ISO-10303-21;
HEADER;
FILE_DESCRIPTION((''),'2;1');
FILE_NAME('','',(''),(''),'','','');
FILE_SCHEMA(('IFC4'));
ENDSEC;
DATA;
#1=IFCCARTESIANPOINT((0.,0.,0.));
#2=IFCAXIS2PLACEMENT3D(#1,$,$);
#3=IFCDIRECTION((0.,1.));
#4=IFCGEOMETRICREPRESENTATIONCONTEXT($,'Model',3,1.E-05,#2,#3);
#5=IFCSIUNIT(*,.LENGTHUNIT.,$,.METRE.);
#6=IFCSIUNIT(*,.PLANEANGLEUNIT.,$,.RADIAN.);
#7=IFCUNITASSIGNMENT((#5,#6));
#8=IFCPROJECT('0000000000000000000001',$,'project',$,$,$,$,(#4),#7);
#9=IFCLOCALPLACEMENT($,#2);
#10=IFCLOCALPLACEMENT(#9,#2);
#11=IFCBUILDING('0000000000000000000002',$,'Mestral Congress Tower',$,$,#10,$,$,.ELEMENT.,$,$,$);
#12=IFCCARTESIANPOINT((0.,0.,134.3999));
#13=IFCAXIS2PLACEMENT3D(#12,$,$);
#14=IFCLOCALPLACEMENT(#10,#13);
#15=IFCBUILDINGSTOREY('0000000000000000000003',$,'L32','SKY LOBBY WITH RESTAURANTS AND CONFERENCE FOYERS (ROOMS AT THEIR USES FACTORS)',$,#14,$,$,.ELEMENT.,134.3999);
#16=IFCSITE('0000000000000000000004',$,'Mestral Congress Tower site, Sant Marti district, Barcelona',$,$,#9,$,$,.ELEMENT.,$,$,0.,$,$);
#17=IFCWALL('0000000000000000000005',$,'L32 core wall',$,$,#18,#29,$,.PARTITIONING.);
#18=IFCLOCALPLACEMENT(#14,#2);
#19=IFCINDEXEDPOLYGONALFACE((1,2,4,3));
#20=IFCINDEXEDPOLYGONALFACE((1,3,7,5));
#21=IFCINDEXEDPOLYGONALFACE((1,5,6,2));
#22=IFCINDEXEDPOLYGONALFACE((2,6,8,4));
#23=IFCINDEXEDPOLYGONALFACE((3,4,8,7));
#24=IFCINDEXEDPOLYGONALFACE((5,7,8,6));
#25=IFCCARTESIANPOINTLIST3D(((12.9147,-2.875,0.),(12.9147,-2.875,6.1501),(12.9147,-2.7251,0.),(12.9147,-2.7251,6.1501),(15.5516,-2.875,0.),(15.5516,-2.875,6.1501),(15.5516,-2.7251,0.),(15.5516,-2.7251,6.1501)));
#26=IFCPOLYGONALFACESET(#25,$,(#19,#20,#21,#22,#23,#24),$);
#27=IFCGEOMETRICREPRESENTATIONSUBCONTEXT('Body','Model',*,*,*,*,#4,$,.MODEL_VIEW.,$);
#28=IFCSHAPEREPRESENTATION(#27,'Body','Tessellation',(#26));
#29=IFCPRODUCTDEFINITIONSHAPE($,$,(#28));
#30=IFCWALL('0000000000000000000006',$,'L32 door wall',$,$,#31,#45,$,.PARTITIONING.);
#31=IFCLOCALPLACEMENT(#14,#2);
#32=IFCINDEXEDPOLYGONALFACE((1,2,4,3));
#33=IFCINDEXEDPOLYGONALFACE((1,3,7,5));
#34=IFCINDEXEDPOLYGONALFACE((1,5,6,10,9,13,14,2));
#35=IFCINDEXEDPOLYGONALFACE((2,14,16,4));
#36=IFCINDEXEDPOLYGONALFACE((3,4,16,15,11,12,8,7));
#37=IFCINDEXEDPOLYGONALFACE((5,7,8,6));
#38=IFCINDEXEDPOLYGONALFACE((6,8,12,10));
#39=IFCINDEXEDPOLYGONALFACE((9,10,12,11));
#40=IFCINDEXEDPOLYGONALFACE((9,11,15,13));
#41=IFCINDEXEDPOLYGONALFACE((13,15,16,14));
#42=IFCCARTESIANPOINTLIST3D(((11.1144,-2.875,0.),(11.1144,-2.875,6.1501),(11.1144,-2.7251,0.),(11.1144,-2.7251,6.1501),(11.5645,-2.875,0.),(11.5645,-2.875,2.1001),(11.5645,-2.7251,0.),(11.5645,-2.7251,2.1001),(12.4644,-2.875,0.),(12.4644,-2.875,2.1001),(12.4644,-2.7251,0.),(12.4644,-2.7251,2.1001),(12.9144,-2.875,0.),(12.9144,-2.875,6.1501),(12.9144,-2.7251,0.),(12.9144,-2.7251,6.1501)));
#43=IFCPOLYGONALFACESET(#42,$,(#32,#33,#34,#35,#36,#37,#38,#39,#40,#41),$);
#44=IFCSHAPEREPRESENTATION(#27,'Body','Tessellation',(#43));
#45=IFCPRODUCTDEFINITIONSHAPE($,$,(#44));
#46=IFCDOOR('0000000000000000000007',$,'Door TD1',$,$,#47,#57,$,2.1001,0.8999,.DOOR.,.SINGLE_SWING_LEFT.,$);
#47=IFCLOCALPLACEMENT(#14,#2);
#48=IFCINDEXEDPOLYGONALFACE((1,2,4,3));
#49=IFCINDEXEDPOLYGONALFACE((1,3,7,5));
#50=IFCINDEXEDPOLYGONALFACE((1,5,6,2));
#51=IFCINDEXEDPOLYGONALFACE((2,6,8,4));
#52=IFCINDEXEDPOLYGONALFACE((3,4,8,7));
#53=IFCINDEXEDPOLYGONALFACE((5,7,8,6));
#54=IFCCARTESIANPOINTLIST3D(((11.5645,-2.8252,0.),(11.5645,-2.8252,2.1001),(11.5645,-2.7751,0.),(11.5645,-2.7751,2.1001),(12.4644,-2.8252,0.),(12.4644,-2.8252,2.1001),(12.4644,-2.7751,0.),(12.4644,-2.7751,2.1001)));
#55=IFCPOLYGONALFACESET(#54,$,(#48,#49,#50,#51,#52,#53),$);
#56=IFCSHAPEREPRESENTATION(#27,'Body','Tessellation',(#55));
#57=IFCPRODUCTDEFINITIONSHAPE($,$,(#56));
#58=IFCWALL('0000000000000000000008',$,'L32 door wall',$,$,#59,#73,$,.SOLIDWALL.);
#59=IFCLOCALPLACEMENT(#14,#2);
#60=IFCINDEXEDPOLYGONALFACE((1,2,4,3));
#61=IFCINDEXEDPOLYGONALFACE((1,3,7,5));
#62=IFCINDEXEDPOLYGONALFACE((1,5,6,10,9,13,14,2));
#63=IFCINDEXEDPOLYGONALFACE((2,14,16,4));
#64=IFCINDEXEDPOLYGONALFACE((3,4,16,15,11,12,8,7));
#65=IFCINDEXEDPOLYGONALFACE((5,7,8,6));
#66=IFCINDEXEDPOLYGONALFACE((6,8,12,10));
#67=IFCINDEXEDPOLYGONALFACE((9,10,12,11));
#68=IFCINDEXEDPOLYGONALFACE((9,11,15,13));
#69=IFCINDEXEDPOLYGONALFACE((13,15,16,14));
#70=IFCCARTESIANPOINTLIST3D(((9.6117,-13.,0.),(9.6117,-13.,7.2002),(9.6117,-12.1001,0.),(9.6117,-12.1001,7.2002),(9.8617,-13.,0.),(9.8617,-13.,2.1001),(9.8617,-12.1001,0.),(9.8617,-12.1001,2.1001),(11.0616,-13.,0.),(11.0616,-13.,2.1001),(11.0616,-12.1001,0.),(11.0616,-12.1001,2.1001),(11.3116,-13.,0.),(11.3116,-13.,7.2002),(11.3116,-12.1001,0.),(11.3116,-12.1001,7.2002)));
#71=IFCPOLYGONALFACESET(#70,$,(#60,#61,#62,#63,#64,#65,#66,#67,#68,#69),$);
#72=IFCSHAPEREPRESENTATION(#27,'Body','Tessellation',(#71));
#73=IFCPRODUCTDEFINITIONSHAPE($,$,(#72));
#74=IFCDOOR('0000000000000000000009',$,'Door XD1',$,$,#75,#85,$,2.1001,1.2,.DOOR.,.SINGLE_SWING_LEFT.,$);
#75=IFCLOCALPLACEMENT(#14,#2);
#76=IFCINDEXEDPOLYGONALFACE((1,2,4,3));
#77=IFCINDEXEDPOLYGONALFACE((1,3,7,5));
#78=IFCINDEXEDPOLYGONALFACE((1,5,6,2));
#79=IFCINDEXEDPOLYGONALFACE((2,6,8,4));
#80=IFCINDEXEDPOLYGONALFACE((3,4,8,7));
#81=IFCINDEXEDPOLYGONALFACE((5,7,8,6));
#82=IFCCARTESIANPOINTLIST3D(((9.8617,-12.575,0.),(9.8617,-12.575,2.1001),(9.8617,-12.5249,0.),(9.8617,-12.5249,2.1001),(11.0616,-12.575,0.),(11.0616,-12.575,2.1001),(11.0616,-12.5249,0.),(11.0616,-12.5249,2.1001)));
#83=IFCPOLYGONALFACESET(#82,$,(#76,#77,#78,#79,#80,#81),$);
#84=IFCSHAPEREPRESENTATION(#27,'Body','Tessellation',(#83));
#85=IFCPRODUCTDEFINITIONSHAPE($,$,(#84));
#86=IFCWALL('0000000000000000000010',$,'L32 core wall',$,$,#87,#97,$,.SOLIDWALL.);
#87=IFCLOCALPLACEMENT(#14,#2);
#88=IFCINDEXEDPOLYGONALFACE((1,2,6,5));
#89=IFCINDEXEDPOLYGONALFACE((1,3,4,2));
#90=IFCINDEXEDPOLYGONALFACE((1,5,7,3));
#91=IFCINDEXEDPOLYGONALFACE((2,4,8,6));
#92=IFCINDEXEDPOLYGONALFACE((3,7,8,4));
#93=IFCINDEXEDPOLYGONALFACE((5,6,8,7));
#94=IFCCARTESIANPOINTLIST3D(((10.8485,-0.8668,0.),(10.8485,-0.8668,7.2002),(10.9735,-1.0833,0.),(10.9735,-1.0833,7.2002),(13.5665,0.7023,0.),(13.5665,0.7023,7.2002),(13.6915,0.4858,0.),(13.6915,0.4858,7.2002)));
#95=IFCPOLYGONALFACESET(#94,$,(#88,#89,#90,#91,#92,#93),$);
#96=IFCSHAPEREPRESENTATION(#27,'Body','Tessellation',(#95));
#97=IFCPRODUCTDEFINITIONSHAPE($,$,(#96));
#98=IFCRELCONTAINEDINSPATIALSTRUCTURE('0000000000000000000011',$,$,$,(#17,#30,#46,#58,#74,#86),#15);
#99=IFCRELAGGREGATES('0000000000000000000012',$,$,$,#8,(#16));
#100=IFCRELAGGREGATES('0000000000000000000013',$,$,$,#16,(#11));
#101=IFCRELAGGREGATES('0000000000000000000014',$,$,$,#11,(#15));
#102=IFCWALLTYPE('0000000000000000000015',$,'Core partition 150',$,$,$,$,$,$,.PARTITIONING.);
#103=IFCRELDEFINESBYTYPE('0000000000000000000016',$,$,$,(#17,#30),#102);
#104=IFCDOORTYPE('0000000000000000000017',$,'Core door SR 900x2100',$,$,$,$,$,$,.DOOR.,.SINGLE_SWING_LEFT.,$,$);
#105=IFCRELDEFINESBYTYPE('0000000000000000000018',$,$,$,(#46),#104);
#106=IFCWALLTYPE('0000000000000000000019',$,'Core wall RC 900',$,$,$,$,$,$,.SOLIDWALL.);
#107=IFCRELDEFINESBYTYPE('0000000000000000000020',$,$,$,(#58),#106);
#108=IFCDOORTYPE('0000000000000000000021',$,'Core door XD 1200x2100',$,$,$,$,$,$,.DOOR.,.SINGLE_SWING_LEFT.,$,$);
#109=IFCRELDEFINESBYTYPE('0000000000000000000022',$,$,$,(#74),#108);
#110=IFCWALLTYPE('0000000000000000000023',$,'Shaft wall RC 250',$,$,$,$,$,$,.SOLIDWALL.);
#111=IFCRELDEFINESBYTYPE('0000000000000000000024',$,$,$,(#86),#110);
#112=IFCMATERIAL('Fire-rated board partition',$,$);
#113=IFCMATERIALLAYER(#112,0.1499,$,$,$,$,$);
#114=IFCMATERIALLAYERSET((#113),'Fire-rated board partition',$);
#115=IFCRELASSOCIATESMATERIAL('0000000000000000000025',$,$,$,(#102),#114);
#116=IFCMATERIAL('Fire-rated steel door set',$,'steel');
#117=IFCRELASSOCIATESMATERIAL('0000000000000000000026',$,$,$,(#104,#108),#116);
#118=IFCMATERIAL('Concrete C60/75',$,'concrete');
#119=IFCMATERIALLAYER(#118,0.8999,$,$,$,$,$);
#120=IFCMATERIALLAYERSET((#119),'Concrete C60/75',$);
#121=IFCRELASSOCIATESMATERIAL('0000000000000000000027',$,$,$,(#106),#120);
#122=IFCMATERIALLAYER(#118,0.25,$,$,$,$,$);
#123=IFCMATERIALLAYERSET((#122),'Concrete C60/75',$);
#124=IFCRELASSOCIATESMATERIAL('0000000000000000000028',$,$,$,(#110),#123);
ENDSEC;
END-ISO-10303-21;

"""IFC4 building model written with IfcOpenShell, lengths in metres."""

from ifc_helpers import new_model, si_unit, direction, frame, frame_2d, origin, place, context, subcontext, project, spatial, rectangle, extrude, material, layer, layer_set, type_object, element, fill, save


model = new_model("IFC4")

# Units and contexts
model_context = context("Model", 3, precision=1e-05, world=origin(), true_north=direction((0.0, 1.0)))
body_context = subcontext(model_context, "Body", "Model", "MODEL_VIEW")
ifc_project = project(units=[si_unit("LENGTHUNIT", "METRE"), si_unit("PLANEANGLEUNIT", "RADIAN")], contexts=[model_context])

# Site, building, storey
site_placement = place(None, origin())
site = spatial("IfcSite", under=ifc_project, at=site_placement, Name="Mestral Congress Tower site, Sant Marti district, Barcelona", CompositionType="ELEMENT", RefElevation=0.0)
building_placement = place(site_placement, origin())
building = spatial("IfcBuilding", under=site, at=building_placement, Name="Mestral Congress Tower", CompositionType="ELEMENT")
storey_placement = place(building_placement, frame((0.0, 0.0, 134.3999)))
storey = spatial("IfcBuildingStorey", under=building, at=storey_placement, Name="L32", Description="SKY LOBBY WITH RESTAURANTS AND CONFERENCE FOYERS (ROOMS AT THEIR USES FACTORS)", CompositionType="ELEMENT", Elevation=134.3999)

# Wall
ifc_material_1 = material(Name="Fire-rated board partition")
ifc_layer_1 = layer(ifc_material_1, 0.1499)
ifc_layer_set_1 = layer_set([ifc_layer_1], Name="Fire-rated board partition")
wall_type_1 = type_object("IfcWallType", Name="Core partition 150", PredefinedType="PARTITIONING", material=ifc_layer_set_1)
wall_1_placement = place(storey_placement, frame((12.9148, -2.8, 0.0), z_axis=(0.0, 0.0, 1.0), x_axis=(1.0, 0.0, 0.0)))
element("IfcWall", 1, at=wall_1_placement, inside=storey, type_object=wall_type_1, Name="L32 core wall", PredefinedType="PARTITIONING", context=body_context, shape_type="SweptSolid", body=[
    extrude(rectangle(XDim=2.637, YDim=0.1499, at=frame_2d((1.3184, 0.0))), origin(), (0.0, 0.0, 1.0), 6.1501),
])

# Walls, openings, doors
wall_2_placement = place(storey_placement, frame((11.1145, -2.8, 0.0), z_axis=(0.0, 0.0, 1.0), x_axis=(1.0, 0.0, 0.0)))
wall_2 = element("IfcWall", 2, at=wall_2_placement, inside=storey, type_object=wall_type_1, Name="L32 door wall", PredefinedType="PARTITIONING", context=body_context, shape_type="SweptSolid", body=[
    extrude(rectangle(XDim=1.8, YDim=0.1499, at=frame_2d((0.8999, 0.0))), origin(), (0.0, 0.0, 1.0), 6.1501),
])
opening_1_placement = place(wall_2_placement, frame((0.45, 0.0, 0.0)))
opening_1 = element("IfcOpeningElement", 3, at=opening_1_placement, cuts=wall_2, PredefinedType="OPENING", context=body_context, shape_type="SweptSolid", body=[
    extrude(rectangle(XDim=0.8999, YDim=2.1001, at=frame_2d((0.45, 1.05))), frame((0.0, 0.085, 0.0), z_axis=(0.0, -1.0, 0.0), x_axis=(1.0, 0.0, 0.0)), (0.0, 0.0, 1.0), 0.1699),
])
ifc_material_2 = material(Name="Fire-rated steel door set", Category="steel")
door_type_1 = type_object("IfcDoorType", Name="Core door SR 900x2100", OperationType="SINGLE_SWING_LEFT", PredefinedType="DOOR", material=ifc_material_2)
door_1_placement = place(opening_1_placement, origin())
door_1 = element("IfcDoor", 4, at=door_1_placement, inside=storey, type_object=door_type_1, Name="Door TD1", OperationType="SINGLE_SWING_LEFT", OverallHeight=2.1001, OverallWidth=0.8999, PredefinedType="DOOR", context=body_context, shape_type="SweptSolid", body=[
    extrude(rectangle(XDim=0.8999, YDim=2.1001, at=frame_2d((0.45, 1.05))), frame((0.0, 0.0249, 0.0), z_axis=(0.0, -1.0, 0.0), x_axis=(1.0, 0.0, 0.0)), (0.0, 0.0, 1.0), 0.05),
])
fill(opening_1, door_1)
ifc_material_3 = material(Name="Concrete C60/75", Category="concrete")
ifc_layer_2 = layer(ifc_material_3, 0.8999)
ifc_layer_set_2 = layer_set([ifc_layer_2], Name="Concrete C60/75")
wall_type_2 = type_object("IfcWallType", Name="Core wall RC 900", PredefinedType="SOLIDWALL", material=ifc_layer_set_2)
wall_3_placement = place(storey_placement, frame((11.3118, -12.55, 0.0), z_axis=(0.0, 0.0, 1.0), x_axis=(-1.0, 0.0, 0.0)))
wall_3 = element("IfcWall", 5, at=wall_3_placement, inside=storey, type_object=wall_type_2, Name="L32 door wall", PredefinedType="SOLIDWALL", context=body_context, shape_type="SweptSolid", body=[
    extrude(rectangle(XDim=1.7, YDim=0.8999, at=frame_2d((0.8501, 0.0))), origin(), (0.0, 0.0, 1.0), 7.2002),
])
opening_2_placement = place(wall_3_placement, frame((0.25, 0.0, 0.0)))
opening_2 = element("IfcOpeningElement", 6, at=opening_2_placement, cuts=wall_3, PredefinedType="OPENING", context=body_context, shape_type="SweptSolid", body=[
    extrude(rectangle(XDim=1.2, YDim=2.1001, at=frame_2d((0.6001, 1.05))), frame((0.0, 0.46, 0.0), z_axis=(0.0, -1.0, 0.0), x_axis=(1.0, 0.0, 0.0)), (0.0, 0.0, 1.0), 0.9199),
])
door_type_2 = type_object("IfcDoorType", Name="Core door XD 1200x2100", OperationType="SINGLE_SWING_LEFT", PredefinedType="DOOR", material=ifc_material_2)
door_2_placement = place(opening_2_placement, origin())
door_2 = element("IfcDoor", 7, at=door_2_placement, inside=storey, type_object=door_type_2, Name="Door XD1", OperationType="SINGLE_SWING_LEFT", OverallHeight=2.1001, OverallWidth=1.2, PredefinedType="DOOR", context=body_context, shape_type="SweptSolid", body=[
    extrude(rectangle(XDim=1.2, YDim=2.1001, at=frame_2d((0.6001, 1.05))), frame((0.0, 0.0249, 0.0), z_axis=(0.0, -1.0, 0.0), x_axis=(1.0, 0.0, 0.0)), (0.0, 0.0, 1.0), 0.05),
])
fill(opening_2, door_2)

# Wall
ifc_layer_3 = layer(ifc_material_3, 0.25)
ifc_layer_set_3 = layer_set([ifc_layer_3], Name="Concrete C60/75")
wall_type_3 = type_object("IfcWallType", Name="Shaft wall RC 250", PredefinedType="SOLIDWALL", material=ifc_layer_set_3)
wall_4_placement = place(storey_placement, frame((10.9109, -0.9751, 0.0), z_axis=(0.0, 0.0, 1.0), x_axis=(0.866047, 0.499963, 0.0)))
element("IfcWall", 8, at=wall_4_placement, inside=storey, type_object=wall_type_3, Name="L32 core wall", PredefinedType="SOLIDWALL", context=body_context, shape_type="SweptSolid", body=[
    extrude(rectangle(XDim=3.1384, YDim=0.25, at=frame_2d((1.5693, 0.0))), origin(), (0.0, 0.0, 1.0), 7.2002),
])

save(model, "model.ifc")
